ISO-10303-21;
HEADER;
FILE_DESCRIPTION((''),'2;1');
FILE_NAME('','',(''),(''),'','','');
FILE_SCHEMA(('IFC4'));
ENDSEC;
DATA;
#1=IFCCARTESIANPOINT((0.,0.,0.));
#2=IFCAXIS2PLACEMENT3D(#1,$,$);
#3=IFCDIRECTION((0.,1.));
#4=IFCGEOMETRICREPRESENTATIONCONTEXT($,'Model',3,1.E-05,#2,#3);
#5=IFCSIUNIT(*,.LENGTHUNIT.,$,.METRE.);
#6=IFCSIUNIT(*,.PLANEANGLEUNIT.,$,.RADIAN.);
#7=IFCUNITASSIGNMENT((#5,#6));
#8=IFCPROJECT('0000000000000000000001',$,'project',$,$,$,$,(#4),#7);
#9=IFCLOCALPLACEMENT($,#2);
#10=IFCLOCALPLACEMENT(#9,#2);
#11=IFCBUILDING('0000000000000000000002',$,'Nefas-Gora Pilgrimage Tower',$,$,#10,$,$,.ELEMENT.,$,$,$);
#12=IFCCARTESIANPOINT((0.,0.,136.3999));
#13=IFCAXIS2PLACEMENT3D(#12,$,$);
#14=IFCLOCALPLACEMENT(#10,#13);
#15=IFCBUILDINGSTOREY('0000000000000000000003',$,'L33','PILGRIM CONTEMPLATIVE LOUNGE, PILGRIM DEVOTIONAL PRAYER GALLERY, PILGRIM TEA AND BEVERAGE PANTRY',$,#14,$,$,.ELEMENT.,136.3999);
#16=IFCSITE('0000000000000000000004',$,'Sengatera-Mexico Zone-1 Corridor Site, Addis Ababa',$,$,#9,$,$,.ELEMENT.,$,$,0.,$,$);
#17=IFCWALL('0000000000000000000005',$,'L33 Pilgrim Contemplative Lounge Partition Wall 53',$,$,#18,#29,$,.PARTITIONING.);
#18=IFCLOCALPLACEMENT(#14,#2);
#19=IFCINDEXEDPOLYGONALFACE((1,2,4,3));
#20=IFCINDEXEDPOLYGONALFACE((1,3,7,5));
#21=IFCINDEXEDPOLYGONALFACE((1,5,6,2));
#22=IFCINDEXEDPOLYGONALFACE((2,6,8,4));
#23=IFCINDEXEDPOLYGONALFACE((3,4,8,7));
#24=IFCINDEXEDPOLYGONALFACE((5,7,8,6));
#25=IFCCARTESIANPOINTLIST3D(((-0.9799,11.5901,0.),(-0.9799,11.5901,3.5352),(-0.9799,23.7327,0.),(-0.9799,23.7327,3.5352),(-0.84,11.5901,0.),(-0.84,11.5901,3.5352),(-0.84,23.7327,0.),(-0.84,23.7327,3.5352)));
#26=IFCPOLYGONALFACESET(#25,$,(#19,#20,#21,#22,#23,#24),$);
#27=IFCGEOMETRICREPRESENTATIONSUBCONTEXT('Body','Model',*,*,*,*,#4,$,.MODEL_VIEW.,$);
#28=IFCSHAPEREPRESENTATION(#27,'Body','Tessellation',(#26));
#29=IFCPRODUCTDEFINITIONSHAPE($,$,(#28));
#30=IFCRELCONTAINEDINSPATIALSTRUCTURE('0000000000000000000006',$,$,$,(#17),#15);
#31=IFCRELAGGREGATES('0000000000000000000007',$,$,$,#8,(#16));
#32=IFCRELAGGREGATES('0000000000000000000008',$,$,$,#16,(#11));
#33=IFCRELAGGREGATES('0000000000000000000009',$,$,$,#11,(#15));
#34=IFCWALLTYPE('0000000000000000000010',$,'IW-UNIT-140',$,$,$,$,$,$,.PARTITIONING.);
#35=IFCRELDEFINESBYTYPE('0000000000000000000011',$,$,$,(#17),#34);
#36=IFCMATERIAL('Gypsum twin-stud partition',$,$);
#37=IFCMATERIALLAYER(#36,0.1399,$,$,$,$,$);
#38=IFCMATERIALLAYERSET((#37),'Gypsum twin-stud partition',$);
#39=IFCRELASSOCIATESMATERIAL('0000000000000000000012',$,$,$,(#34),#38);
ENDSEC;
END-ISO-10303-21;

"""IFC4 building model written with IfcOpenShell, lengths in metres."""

from ifc_helpers import new_model, si_unit, direction, frame, frame_2d, origin, place, context, subcontext, project, spatial, rectangle, extrude, source, transform, mapped, material, layer, layer_set, type_object, element, save


model = new_model("IFC4")

# Units and contexts
model_context = context("Model", 3, precision=1e-05, world=origin(), true_north=direction((0.0, 1.0)))
body_context = subcontext(model_context, "Body", "Model", "MODEL_VIEW")
ifc_project = project(units=[si_unit("LENGTHUNIT", "METRE"), si_unit("PLANEANGLEUNIT", "RADIAN")], contexts=[model_context])

# Site, building, storey
site_placement = place(None, origin())
site = spatial("IfcSite", under=ifc_project, at=site_placement, Name="Sengatera-Mexico Zone-1 Corridor Site, Addis Ababa", CompositionType="ELEMENT", RefElevation=0.0)
building_placement = place(site_placement, origin())
building = spatial("IfcBuilding", under=site, at=building_placement, Name="Nefas-Gora Pilgrimage Tower", CompositionType="ELEMENT")
storey_placement = place(building_placement, frame((0.0, 0.0, 136.3999)))
storey = spatial("IfcBuildingStorey", under=building, at=storey_placement, Name="L33", Description="PILGRIM CONTEMPLATIVE LOUNGE, PILGRIM DEVOTIONAL PRAYER GALLERY, PILGRIM TEA AND BEVERAGE PANTRY", CompositionType="ELEMENT", Elevation=136.3999)

# Wall
ifc_material_1 = material(Name="Gypsum twin-stud partition")
ifc_layer_1 = layer(ifc_material_1, 0.1399)
ifc_layer_set_1 = layer_set([ifc_layer_1], Name="Gypsum twin-stud partition")
wall_type_1 = type_object("IfcWallType", Name="IW-UNIT-140", PredefinedType="PARTITIONING", material=ifc_layer_set_1)
shared_shape_1 = source(origin(), body_context, "Body", "SweptSolid", [
    extrude(rectangle(XDim=12.1426, YDim=0.1399, at=frame_2d((6.0713, 0.0))), origin(), (0.0, 0.0, 1.0), 3.5352),
])
wall_1_placement = place(storey_placement, frame((-0.9099, 11.5901, 0.0), z_axis=(0.0, 0.0, 1.0), x_axis=(0.0, 1.0, 0.0)))
element("IfcWall", 1, at=wall_1_placement, inside=storey, type_object=wall_type_1, Name="L33 Pilgrim Contemplative Lounge Partition Wall 53", PredefinedType="PARTITIONING", context=body_context, shape_type="MappedRepresentation", body=[
    mapped(shared_shape_1, transform((0.0, 0.0, 0.0), x_axis=(1.0, 0.0, 0.0), y_axis=(0.0, 1.0, 0.0), z_axis=(0.0, 0.0, 1.0), scale=1.0)),
])

save(model, "model.ifc")
